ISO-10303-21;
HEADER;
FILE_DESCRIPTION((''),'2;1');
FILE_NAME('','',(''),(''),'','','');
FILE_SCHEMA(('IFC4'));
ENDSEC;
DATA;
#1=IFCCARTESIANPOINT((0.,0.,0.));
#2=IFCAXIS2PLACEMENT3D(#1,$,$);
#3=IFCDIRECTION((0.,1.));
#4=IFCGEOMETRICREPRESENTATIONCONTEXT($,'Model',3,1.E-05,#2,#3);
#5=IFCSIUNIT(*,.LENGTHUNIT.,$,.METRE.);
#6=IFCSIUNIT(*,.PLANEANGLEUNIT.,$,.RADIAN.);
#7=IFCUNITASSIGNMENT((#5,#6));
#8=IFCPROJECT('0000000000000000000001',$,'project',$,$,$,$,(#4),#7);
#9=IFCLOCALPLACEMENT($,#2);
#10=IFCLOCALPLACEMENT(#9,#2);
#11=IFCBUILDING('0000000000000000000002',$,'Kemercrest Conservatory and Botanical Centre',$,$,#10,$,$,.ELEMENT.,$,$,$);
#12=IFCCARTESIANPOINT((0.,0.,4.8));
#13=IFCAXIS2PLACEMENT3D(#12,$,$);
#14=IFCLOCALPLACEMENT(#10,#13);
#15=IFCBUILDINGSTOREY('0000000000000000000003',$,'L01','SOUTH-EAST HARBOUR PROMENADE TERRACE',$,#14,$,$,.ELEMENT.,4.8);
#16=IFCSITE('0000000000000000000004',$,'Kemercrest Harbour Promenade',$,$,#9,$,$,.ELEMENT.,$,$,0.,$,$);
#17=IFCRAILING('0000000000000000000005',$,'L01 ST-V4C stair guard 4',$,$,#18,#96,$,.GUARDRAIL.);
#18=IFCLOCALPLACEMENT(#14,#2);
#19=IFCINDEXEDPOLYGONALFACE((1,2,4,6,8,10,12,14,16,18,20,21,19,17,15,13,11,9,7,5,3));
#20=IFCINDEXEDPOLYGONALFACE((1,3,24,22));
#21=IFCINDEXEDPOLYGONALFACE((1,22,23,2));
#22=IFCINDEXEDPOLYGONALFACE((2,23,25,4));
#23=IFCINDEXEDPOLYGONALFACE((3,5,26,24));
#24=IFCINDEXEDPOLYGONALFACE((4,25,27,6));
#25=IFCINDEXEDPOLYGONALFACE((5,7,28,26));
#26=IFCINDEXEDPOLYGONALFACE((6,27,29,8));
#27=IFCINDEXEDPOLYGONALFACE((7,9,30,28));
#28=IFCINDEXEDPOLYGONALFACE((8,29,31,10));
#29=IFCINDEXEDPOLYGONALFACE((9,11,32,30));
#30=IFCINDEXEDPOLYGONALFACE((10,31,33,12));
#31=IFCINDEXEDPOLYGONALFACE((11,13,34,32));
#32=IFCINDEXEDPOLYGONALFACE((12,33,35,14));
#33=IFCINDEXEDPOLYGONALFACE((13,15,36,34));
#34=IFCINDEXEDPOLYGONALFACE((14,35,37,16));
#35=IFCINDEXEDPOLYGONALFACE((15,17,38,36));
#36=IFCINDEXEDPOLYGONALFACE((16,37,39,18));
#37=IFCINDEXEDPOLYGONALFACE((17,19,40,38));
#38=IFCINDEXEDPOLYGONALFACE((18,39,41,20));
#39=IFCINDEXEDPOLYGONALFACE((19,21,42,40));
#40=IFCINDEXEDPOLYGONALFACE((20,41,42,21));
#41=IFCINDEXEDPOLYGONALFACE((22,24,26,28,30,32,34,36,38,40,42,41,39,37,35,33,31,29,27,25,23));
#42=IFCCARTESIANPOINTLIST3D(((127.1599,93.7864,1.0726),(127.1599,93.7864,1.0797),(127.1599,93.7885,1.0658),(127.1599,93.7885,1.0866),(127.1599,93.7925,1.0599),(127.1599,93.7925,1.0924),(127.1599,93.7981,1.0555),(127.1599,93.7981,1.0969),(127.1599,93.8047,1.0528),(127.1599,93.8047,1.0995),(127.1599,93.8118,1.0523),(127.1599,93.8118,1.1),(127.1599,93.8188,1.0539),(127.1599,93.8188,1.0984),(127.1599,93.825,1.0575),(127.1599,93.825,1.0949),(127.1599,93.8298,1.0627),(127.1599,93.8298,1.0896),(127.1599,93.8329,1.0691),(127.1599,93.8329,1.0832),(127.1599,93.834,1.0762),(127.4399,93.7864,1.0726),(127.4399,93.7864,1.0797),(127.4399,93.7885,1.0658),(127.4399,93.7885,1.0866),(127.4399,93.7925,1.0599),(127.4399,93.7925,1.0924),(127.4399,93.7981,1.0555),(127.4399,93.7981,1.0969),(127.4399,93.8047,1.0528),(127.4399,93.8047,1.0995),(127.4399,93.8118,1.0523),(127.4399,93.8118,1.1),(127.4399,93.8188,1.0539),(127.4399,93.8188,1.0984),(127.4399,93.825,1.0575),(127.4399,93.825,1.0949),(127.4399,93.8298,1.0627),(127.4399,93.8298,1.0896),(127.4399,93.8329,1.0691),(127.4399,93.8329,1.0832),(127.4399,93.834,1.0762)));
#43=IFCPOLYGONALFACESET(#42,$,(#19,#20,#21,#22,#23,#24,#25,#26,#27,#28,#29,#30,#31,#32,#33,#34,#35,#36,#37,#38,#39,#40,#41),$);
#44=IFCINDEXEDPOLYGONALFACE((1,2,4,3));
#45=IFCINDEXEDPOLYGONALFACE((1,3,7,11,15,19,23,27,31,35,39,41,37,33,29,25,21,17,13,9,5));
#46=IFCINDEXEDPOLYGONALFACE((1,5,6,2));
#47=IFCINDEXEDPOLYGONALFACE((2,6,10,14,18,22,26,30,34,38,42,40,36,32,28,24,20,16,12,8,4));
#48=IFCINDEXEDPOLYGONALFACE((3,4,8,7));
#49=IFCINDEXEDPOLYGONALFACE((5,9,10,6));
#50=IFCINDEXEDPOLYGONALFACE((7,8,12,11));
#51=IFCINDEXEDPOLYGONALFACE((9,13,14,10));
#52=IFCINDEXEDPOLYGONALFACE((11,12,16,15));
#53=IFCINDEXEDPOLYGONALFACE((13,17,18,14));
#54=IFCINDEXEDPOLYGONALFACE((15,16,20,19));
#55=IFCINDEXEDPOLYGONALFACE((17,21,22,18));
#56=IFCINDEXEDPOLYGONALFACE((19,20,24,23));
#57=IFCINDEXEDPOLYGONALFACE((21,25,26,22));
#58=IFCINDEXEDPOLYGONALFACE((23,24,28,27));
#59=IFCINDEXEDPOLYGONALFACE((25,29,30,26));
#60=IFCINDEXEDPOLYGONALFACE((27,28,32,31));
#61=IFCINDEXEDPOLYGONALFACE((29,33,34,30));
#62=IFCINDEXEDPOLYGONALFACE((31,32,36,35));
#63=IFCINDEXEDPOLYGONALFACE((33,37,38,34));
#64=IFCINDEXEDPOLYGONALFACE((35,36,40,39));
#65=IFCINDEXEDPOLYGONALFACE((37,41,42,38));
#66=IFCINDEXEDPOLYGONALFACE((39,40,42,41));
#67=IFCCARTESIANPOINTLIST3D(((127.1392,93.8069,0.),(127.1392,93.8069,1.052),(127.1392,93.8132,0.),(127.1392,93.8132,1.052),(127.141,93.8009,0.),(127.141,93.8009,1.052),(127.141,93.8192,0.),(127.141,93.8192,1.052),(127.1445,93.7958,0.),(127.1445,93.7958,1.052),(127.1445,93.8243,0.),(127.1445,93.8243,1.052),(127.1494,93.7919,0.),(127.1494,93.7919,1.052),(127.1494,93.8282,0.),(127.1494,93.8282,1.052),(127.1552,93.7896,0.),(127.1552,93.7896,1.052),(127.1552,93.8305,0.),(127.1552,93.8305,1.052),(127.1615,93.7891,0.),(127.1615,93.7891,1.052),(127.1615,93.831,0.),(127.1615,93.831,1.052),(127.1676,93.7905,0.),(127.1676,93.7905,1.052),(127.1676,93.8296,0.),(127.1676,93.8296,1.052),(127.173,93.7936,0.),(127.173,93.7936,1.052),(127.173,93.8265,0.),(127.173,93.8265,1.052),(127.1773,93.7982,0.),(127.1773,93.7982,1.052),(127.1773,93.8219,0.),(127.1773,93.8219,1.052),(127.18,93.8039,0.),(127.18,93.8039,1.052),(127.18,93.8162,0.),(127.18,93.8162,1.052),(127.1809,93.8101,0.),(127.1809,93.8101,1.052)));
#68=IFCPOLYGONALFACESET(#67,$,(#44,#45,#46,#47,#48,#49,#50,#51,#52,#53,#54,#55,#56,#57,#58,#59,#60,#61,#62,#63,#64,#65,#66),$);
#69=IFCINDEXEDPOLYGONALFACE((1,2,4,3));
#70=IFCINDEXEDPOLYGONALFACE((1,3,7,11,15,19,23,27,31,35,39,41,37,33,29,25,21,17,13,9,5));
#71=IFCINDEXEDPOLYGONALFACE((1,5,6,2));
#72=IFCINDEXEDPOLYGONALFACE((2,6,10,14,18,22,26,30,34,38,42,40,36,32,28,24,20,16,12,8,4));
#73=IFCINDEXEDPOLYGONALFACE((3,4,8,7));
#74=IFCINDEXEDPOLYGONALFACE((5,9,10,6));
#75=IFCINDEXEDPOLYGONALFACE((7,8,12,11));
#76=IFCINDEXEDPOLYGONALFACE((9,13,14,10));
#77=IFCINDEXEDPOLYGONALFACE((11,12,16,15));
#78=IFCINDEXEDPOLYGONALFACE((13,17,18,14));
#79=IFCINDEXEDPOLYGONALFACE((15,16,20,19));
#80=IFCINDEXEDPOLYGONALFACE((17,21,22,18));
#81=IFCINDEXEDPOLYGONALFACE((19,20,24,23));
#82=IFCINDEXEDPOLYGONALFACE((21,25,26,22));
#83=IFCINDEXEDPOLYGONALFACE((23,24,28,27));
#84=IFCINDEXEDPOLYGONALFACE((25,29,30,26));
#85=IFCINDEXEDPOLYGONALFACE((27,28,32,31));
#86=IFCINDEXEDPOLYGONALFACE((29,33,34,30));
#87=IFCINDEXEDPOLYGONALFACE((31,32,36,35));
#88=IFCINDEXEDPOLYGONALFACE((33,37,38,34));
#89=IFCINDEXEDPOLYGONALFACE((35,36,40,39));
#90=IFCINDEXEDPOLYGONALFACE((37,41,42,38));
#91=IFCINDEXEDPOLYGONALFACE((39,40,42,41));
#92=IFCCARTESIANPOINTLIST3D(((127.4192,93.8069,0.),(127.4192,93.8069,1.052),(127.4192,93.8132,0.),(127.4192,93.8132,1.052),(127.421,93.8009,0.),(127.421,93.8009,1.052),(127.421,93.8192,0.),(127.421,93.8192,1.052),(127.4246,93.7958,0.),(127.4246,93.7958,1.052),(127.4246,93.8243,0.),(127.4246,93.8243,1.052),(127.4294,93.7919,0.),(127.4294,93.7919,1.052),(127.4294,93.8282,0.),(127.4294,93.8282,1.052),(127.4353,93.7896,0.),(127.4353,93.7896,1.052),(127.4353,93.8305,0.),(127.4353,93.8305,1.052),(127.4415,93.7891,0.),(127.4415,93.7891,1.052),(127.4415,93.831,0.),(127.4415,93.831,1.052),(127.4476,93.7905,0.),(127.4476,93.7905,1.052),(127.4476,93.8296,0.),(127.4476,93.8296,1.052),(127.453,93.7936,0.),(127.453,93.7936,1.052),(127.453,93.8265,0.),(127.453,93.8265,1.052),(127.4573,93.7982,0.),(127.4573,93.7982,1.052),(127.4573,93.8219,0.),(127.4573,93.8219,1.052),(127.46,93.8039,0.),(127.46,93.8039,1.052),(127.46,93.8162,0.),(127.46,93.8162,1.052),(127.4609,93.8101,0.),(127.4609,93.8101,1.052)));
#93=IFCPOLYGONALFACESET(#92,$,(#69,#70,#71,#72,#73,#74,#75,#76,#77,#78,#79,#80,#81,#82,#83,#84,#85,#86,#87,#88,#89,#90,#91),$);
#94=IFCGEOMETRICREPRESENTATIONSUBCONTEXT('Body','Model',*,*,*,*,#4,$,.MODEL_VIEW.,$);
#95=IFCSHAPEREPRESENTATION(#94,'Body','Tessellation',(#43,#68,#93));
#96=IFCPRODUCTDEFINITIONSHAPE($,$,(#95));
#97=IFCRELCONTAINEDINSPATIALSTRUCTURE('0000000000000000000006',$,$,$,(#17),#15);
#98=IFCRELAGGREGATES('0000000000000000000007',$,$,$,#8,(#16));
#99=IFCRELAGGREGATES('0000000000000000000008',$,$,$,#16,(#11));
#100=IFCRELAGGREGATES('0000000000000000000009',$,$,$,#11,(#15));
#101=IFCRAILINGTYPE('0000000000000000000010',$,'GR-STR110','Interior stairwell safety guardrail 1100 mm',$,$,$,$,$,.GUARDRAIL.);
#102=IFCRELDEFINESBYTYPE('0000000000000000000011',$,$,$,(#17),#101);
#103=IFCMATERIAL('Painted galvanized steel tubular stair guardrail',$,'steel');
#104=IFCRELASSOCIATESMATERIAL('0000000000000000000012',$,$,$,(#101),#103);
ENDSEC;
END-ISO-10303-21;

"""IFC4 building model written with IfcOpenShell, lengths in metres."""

from ifc_helpers import new_model, si_unit, direction, frame, origin, origin_2d, place, context, subcontext, project, spatial, circle, extrude, material, type_object, element, save


model = new_model("IFC4")

# Units and contexts
model_context = context("Model", 3, precision=1e-05, world=origin(), true_north=direction((0.0, 1.0)))
body_context = subcontext(model_context, "Body", "Model", "MODEL_VIEW")
ifc_project = project(units=[si_unit("LENGTHUNIT", "METRE"), si_unit("PLANEANGLEUNIT", "RADIAN")], contexts=[model_context])

# Site, building, storey
site_placement = place(None, origin())
site = spatial("IfcSite", under=ifc_project, at=site_placement, Name="Kemercrest Harbour Promenade", CompositionType="ELEMENT", RefElevation=0.0)
building_placement = place(site_placement, origin())
building = spatial("IfcBuilding", under=site, at=building_placement, Name="Kemercrest Conservatory and Botanical Centre", CompositionType="ELEMENT")
storey_placement = place(building_placement, frame((0.0, 0.0, 4.8)))
storey = spatial("IfcBuildingStorey", under=building, at=storey_placement, Name="L01", Description="SOUTH-EAST HARBOUR PROMENADE TERRACE", CompositionType="ELEMENT", Elevation=4.8)

# Railing
ifc_material_1 = material(Name="Painted galvanized steel tubular stair guardrail", Category="steel")
railing_type_1 = type_object("IfcRailingType", Name="GR-STR110", Description="Interior stairwell safety guardrail 1100 mm", PredefinedType="GUARDRAIL", material=ifc_material_1)
railing_1_placement = place(storey_placement, frame((127.1599, 93.8101, 0.0)))
element("IfcRailing", 1, at=railing_1_placement, inside=storey, type_object=railing_type_1, Name="L01 ST-V4C stair guard 4", PredefinedType="GUARDRAIL", context=body_context, shape_type="SweptSolid", body=[
    extrude(circle(Radius=0.0239, at=origin_2d()), frame((0.0, 0.0, 1.0762), z_axis=(1.0, 0.0, 0.0), x_axis=(0.0, 1.0, 0.0)), (0.0, 0.0, 1.0), 0.28),
    extrude(circle(Radius=0.021, at=origin_2d()), origin(), (0.0, 0.0, 1.0), 1.052),
    extrude(circle(Radius=0.021, at=origin_2d()), frame((0.28, 0.0, 0.0)), (0.0, 0.0, 1.0), 1.052),
])

save(model, "model.ifc")
